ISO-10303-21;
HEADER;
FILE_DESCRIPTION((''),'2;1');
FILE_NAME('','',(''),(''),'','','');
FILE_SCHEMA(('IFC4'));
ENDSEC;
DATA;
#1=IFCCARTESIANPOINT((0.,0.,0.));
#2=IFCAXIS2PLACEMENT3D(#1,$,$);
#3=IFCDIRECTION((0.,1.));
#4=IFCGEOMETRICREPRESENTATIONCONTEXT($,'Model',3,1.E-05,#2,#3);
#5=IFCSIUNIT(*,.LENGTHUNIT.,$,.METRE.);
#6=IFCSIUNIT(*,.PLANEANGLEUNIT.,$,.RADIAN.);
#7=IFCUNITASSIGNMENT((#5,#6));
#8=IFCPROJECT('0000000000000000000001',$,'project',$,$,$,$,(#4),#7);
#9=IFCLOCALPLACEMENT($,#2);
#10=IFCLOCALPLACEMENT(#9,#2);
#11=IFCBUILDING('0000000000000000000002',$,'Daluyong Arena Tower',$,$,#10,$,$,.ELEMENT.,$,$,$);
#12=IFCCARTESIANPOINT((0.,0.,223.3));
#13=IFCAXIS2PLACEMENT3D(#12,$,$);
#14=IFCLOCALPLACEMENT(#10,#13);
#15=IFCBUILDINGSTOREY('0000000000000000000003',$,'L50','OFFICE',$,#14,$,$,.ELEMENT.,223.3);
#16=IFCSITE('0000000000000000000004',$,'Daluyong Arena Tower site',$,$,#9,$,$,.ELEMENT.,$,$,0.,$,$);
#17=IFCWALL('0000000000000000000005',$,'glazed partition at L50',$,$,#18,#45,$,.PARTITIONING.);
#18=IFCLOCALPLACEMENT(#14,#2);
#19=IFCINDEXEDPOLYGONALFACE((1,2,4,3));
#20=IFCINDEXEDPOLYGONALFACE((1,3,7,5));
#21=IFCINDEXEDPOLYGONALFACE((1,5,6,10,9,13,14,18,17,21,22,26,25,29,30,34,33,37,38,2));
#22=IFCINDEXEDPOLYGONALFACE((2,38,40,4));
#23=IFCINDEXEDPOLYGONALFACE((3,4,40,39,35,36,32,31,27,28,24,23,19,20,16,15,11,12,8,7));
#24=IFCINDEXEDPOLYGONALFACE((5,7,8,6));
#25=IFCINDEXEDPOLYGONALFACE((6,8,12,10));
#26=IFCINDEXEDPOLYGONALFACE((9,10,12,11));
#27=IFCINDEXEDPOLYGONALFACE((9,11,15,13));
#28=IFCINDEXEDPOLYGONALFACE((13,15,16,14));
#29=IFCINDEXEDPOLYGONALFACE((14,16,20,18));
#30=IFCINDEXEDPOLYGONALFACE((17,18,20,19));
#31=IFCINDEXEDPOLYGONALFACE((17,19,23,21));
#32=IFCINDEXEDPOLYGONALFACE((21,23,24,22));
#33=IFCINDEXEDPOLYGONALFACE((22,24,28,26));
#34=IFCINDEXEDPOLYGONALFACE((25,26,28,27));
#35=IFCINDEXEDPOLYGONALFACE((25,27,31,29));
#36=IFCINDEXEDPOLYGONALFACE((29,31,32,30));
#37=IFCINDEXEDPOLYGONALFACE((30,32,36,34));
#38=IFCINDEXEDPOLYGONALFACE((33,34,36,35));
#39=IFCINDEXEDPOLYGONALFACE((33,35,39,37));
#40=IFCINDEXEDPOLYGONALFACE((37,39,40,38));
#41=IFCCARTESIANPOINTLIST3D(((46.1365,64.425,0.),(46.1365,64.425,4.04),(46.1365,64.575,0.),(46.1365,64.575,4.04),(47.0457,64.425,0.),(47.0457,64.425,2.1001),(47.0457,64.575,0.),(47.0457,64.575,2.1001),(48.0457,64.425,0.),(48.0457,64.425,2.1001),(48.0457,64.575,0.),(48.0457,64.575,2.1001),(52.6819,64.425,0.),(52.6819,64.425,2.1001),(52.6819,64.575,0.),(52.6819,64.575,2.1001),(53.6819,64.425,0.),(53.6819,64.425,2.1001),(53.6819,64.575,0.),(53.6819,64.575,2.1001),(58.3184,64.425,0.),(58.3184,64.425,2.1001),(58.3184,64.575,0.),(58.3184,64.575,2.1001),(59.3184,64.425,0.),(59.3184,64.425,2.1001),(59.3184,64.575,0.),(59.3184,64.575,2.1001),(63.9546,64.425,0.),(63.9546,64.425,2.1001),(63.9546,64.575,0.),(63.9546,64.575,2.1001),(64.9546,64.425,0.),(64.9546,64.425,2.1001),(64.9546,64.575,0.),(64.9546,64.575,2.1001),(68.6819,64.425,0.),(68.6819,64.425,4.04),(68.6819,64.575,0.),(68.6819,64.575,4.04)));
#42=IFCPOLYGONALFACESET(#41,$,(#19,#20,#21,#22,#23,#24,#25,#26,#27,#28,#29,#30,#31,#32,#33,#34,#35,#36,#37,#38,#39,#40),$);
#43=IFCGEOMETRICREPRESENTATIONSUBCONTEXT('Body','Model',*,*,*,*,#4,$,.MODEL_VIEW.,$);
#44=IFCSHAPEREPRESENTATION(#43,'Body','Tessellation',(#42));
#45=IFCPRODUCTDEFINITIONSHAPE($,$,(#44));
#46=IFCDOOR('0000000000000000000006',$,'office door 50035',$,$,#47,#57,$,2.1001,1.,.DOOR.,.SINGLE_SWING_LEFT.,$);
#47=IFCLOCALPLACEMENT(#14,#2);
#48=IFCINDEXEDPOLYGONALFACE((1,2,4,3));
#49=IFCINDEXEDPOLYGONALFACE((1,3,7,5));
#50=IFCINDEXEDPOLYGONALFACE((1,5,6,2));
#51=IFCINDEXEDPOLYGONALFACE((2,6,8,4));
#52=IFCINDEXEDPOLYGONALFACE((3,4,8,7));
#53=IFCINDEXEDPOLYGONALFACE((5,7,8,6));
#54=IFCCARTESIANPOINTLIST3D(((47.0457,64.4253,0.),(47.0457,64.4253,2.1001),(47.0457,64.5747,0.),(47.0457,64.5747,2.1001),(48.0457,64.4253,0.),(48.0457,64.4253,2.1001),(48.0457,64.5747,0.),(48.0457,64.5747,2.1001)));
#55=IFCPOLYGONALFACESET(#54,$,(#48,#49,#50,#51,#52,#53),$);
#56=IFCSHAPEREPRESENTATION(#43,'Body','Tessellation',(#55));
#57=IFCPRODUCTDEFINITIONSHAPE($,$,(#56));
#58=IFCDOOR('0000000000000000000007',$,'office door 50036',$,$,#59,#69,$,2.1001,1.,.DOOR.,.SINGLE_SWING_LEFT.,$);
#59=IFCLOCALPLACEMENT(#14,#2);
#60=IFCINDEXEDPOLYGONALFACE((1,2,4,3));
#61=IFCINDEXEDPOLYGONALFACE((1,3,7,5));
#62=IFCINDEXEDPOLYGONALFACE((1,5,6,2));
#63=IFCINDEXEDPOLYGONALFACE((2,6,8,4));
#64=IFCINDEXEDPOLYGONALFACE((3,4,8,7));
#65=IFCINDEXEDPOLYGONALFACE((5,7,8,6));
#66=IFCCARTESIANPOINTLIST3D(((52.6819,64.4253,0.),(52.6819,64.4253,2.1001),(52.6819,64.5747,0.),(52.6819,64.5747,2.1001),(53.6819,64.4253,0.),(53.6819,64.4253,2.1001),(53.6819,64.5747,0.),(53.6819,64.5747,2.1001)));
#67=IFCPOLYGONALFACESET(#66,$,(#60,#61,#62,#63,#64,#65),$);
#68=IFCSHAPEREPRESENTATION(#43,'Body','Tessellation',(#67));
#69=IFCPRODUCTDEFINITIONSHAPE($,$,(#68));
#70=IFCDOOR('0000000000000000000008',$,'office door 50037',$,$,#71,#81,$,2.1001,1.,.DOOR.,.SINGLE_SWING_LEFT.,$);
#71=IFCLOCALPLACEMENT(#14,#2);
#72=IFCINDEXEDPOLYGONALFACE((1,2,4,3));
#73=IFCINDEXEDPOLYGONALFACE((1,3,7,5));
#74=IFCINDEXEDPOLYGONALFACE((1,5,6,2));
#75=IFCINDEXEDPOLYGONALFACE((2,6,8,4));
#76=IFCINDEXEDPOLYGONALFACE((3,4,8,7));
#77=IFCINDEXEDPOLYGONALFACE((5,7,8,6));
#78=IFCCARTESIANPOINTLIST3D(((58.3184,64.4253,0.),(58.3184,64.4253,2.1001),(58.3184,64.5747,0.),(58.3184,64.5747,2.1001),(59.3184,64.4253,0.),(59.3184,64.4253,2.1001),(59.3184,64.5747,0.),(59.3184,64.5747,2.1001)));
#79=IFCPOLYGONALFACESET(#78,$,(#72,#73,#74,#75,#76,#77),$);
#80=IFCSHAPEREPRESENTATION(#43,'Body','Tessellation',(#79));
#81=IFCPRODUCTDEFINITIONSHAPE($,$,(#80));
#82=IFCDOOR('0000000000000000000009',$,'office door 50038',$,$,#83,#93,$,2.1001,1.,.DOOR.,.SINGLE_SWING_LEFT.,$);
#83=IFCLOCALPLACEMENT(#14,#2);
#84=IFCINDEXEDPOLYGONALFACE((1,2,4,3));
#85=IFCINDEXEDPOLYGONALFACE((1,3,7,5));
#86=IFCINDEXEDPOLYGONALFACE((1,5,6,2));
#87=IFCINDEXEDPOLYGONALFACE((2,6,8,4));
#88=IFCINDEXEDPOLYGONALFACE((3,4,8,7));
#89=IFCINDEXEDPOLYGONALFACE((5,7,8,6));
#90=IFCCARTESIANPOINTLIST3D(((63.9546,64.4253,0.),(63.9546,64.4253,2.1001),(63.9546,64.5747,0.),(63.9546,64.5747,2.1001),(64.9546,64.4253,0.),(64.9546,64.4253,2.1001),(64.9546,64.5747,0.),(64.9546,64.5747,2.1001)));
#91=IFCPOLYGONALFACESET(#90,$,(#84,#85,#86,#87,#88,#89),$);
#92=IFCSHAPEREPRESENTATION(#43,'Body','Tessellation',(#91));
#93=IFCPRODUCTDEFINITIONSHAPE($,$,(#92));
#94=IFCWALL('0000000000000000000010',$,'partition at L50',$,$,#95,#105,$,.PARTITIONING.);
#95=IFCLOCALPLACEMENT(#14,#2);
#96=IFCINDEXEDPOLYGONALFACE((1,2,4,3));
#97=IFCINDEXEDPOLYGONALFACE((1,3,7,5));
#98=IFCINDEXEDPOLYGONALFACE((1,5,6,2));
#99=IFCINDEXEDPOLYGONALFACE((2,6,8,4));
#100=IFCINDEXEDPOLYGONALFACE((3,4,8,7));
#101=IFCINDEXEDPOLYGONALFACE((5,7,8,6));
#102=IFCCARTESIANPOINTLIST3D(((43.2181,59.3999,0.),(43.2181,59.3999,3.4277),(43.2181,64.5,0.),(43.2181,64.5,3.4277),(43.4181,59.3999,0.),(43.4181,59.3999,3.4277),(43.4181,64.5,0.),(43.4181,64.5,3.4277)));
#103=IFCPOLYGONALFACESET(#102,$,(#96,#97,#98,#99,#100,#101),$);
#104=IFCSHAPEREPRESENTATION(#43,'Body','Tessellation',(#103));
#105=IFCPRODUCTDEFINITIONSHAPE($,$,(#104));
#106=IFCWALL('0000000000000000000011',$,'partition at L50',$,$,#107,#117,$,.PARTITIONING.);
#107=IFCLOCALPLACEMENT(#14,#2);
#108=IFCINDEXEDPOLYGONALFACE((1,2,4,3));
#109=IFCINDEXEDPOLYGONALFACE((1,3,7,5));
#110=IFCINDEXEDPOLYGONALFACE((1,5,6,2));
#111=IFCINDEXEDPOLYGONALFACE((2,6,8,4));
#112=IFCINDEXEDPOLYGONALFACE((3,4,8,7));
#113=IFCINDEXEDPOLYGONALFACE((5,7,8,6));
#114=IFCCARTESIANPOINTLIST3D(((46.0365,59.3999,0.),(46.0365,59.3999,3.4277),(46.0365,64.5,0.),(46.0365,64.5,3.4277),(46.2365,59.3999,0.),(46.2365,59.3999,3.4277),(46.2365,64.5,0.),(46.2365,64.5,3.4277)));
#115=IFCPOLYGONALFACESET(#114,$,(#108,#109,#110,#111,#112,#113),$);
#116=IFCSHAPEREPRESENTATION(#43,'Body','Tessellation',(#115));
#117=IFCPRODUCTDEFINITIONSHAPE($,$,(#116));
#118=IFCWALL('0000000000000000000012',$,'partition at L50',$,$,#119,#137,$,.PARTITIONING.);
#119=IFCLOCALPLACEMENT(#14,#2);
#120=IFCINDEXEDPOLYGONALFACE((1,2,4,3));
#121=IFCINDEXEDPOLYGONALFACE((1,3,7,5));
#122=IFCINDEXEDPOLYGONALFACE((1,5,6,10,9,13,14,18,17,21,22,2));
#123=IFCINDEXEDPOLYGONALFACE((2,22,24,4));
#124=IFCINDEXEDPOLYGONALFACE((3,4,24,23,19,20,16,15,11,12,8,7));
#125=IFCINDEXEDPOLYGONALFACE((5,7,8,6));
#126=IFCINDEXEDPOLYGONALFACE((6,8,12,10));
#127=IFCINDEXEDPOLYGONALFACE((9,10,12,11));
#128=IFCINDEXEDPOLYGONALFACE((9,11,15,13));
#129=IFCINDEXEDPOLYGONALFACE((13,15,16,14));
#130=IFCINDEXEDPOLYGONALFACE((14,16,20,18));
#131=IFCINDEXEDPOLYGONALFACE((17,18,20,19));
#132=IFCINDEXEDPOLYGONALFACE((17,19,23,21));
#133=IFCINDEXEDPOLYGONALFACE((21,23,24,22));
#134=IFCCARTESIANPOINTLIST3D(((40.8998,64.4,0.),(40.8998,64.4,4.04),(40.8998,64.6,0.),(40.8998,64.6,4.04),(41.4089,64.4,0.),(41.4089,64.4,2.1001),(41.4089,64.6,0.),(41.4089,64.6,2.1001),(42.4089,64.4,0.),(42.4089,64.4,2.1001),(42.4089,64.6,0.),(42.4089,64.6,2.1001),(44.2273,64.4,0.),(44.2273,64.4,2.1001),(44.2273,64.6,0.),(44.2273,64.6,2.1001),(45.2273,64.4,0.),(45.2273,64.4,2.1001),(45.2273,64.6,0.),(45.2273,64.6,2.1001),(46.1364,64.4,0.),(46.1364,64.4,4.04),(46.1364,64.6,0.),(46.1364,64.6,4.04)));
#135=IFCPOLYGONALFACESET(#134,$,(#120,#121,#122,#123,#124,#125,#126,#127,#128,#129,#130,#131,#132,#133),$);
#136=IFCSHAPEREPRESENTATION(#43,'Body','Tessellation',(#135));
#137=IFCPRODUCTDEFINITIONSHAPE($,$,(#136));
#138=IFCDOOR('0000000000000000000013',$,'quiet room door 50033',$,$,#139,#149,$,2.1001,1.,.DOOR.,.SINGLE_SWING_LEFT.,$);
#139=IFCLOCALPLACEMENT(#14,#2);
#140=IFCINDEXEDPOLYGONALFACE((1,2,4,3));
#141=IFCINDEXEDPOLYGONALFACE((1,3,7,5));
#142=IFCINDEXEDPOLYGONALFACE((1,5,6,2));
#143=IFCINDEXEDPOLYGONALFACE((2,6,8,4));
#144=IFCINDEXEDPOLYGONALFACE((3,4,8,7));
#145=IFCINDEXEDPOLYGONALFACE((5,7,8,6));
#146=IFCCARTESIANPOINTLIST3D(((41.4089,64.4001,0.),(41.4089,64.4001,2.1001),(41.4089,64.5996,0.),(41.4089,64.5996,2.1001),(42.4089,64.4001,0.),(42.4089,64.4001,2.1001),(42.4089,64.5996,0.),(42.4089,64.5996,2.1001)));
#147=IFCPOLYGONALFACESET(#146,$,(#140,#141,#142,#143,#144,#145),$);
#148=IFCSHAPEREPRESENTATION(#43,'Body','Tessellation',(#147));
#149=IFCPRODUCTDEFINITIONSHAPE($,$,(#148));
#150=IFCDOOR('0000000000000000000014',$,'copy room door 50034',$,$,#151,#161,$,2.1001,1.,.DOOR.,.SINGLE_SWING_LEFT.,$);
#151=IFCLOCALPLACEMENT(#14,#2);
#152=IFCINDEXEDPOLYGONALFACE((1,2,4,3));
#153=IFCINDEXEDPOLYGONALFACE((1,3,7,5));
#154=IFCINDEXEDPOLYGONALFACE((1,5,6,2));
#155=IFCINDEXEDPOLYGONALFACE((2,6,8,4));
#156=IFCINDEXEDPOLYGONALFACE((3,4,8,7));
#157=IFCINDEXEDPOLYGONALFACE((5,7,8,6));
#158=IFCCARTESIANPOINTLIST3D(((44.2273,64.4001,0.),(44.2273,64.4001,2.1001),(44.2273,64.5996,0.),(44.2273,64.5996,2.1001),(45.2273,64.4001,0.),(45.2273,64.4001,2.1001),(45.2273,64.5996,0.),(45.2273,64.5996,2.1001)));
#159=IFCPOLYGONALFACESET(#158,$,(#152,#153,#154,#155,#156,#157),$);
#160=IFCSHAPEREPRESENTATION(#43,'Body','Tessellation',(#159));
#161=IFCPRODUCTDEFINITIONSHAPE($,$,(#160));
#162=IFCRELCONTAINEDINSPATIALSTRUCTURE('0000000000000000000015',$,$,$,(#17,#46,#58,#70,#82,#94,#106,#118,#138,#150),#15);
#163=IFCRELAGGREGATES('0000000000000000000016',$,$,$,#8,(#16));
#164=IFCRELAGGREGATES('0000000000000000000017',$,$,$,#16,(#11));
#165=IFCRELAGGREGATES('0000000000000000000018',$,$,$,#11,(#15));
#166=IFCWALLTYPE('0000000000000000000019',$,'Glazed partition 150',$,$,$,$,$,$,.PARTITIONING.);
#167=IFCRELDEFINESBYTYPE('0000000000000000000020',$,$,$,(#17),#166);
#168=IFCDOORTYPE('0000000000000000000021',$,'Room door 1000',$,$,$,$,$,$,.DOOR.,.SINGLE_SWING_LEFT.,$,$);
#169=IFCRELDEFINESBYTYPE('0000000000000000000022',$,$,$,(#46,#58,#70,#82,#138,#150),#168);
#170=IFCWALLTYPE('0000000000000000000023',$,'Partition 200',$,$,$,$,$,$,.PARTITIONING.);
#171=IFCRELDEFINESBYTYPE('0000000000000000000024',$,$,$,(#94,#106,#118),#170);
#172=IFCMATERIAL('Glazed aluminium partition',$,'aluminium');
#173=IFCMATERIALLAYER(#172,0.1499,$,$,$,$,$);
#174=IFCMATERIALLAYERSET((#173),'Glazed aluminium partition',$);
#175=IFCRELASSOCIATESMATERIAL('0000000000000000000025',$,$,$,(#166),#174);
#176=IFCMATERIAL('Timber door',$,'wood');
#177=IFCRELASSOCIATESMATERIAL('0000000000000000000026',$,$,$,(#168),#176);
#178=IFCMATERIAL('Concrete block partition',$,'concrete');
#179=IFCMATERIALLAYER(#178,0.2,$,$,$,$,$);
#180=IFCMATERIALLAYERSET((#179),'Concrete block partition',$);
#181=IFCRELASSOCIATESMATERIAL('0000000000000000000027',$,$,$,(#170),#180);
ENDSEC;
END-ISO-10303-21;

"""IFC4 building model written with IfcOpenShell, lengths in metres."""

from ifc_helpers import new_model, si_unit, direction, frame, frame_2d, origin, place, context, subcontext, project, spatial, rectangle, extrude, material, layer, layer_set, type_object, element, fill, save


model = new_model("IFC4")

# Units and contexts
model_context = context("Model", 3, precision=1e-05, world=origin(), true_north=direction((0.0, 1.0)))
body_context = subcontext(model_context, "Body", "Model", "MODEL_VIEW")
ifc_project = project(units=[si_unit("LENGTHUNIT", "METRE"), si_unit("PLANEANGLEUNIT", "RADIAN")], contexts=[model_context])

# Site, building, storey
site_placement = place(None, origin())
site = spatial("IfcSite", under=ifc_project, at=site_placement, Name="Daluyong Arena Tower site", CompositionType="ELEMENT", RefElevation=0.0)
building_placement = place(site_placement, origin())
building = spatial("IfcBuilding", under=site, at=building_placement, Name="Daluyong Arena Tower", CompositionType="ELEMENT")
storey_placement = place(building_placement, frame((0.0, 0.0, 223.3)))
storey = spatial("IfcBuildingStorey", under=building, at=storey_placement, Name="L50", Description="OFFICE", CompositionType="ELEMENT", Elevation=223.3)

# Wall, openings, doors
ifc_material_1 = material(Name="Glazed aluminium partition", Category="aluminium")
ifc_layer_1 = layer(ifc_material_1, 0.1499)
ifc_layer_set_1 = layer_set([ifc_layer_1], Name="Glazed aluminium partition")
wall_type_1 = type_object("IfcWallType", Name="Glazed partition 150", PredefinedType="PARTITIONING", material=ifc_layer_set_1)
wall_1_placement = place(storey_placement, frame((46.1365, 64.5, 0.0), z_axis=(0.0, 0.0, 1.0), x_axis=(1.0, 0.0, 0.0)))
wall_1 = element("IfcWall", 1, at=wall_1_placement, inside=storey, type_object=wall_type_1, Name="glazed partition at L50", PredefinedType="PARTITIONING", context=body_context, shape_type="SweptSolid", body=[
    extrude(rectangle(XDim=22.5454, YDim=0.1499, at=frame_2d((11.2727, 0.0))), origin(), (0.0, 0.0, 1.0), 4.04),
])
opening_1_placement = place(wall_1_placement, frame((0.9092, 0.0, 0.0)))
opening_1 = element("IfcOpeningElement", 2, at=opening_1_placement, cuts=wall_1, PredefinedType="OPENING", context=body_context, shape_type="SweptSolid", body=[
    extrude(rectangle(XDim=1.0, YDim=2.1001, at=frame_2d((0.5, 1.05))), frame((0.0, 0.085, 0.0), z_axis=(0.0, -1.0, 0.0), x_axis=(1.0, 0.0, 0.0)), (0.0, 0.0, 1.0), 0.1699),
])
opening_2_placement = place(wall_1_placement, frame((6.5454, 0.0, 0.0)))
opening_2 = element("IfcOpeningElement", 3, at=opening_2_placement, cuts=wall_1, PredefinedType="OPENING", context=body_context, shape_type="SweptSolid", body=[
    extrude(rectangle(XDim=1.0, YDim=2.1001, at=frame_2d((0.5, 1.05))), frame((0.0, 0.085, 0.0), z_axis=(0.0, -1.0, 0.0), x_axis=(1.0, 0.0, 0.0)), (0.0, 0.0, 1.0), 0.1699),
])
opening_3_placement = place(wall_1_placement, frame((12.1819, 0.0, 0.0)))
opening_3 = element("IfcOpeningElement", 4, at=opening_3_placement, cuts=wall_1, PredefinedType="OPENING", context=body_context, shape_type="SweptSolid", body=[
    extrude(rectangle(XDim=1.0, YDim=2.1001, at=frame_2d((0.5, 1.05))), frame((0.0, 0.085, 0.0), z_axis=(0.0, -1.0, 0.0), x_axis=(1.0, 0.0, 0.0)), (0.0, 0.0, 1.0), 0.1699),
])
opening_4_placement = place(wall_1_placement, frame((17.8181, 0.0, 0.0)))
opening_4 = element("IfcOpeningElement", 5, at=opening_4_placement, cuts=wall_1, PredefinedType="OPENING", context=body_context, shape_type="SweptSolid", body=[
    extrude(rectangle(XDim=1.0, YDim=2.1001, at=frame_2d((0.5, 1.05))), frame((0.0, 0.085, 0.0), z_axis=(0.0, -1.0, 0.0), x_axis=(1.0, 0.0, 0.0)), (0.0, 0.0, 1.0), 0.1699),
])
ifc_material_2 = material(Name="Timber door", Category="wood")
door_type = type_object("IfcDoorType", Name="Room door 1000", OperationType="SINGLE_SWING_LEFT", PredefinedType="DOOR", material=ifc_material_2)
door_1_placement = place(opening_1_placement, origin())
door_1 = element("IfcDoor", 6, at=door_1_placement, inside=storey, type_object=door_type, Name="office door 50035", OperationType="SINGLE_SWING_LEFT", OverallHeight=2.1001, OverallWidth=1.0, PredefinedType="DOOR", context=body_context, shape_type="SweptSolid", body=[
    extrude(rectangle(XDim=1.0, YDim=2.1001, at=frame_2d((0.5, 1.05))), frame((0.0, 0.0747, 0.0), z_axis=(0.0, -1.0, 0.0), x_axis=(1.0, 0.0, 0.0)), (0.0, 0.0, 1.0), 0.1494),
])
fill(opening_1, door_1)
door_2_placement = place(opening_2_placement, origin())
door_2 = element("IfcDoor", 7, at=door_2_placement, inside=storey, type_object=door_type, Name="office door 50036", OperationType="SINGLE_SWING_LEFT", OverallHeight=2.1001, OverallWidth=1.0, PredefinedType="DOOR", context=body_context, shape_type="SweptSolid", body=[
    extrude(rectangle(XDim=1.0, YDim=2.1001, at=frame_2d((0.5, 1.05))), frame((0.0, 0.0747, 0.0), z_axis=(0.0, -1.0, 0.0), x_axis=(1.0, 0.0, 0.0)), (0.0, 0.0, 1.0), 0.1494),
])
fill(opening_2, door_2)
door_3_placement = place(opening_3_placement, origin())
door_3 = element("IfcDoor", 8, at=door_3_placement, inside=storey, type_object=door_type, Name="office door 50037", OperationType="SINGLE_SWING_LEFT", OverallHeight=2.1001, OverallWidth=1.0, PredefinedType="DOOR", context=body_context, shape_type="SweptSolid", body=[
    extrude(rectangle(XDim=1.0, YDim=2.1001, at=frame_2d((0.5, 1.05))), frame((0.0, 0.0747, 0.0), z_axis=(0.0, -1.0, 0.0), x_axis=(1.0, 0.0, 0.0)), (0.0, 0.0, 1.0), 0.1494),
])
fill(opening_3, door_3)
door_4_placement = place(opening_4_placement, origin())
door_4 = element("IfcDoor", 9, at=door_4_placement, inside=storey, type_object=door_type, Name="office door 50038", OperationType="SINGLE_SWING_LEFT", OverallHeight=2.1001, OverallWidth=1.0, PredefinedType="DOOR", context=body_context, shape_type="SweptSolid", body=[
    extrude(rectangle(XDim=1.0, YDim=2.1001, at=frame_2d((0.5, 1.05))), frame((0.0, 0.0747, 0.0), z_axis=(0.0, -1.0, 0.0), x_axis=(1.0, 0.0, 0.0)), (0.0, 0.0, 1.0), 0.1494),
])
fill(opening_4, door_4)

# Walls
ifc_material_3 = material(Name="Concrete block partition", Category="concrete")
ifc_layer_2 = layer(ifc_material_3, 0.2)
ifc_layer_set_2 = layer_set([ifc_layer_2], Name="Concrete block partition")
wall_type_2 = type_object("IfcWallType", Name="Partition 200", PredefinedType="PARTITIONING", material=ifc_layer_set_2)
for number, where, z_axis, x_axis, name in (
    (10, (43.3181, 59.3999, 0.0), (0.0, 0.0, 1.0), (0.0, 1.0, 0.0), "partition at L50"),
    (11, (46.1365, 59.3999, 0.0), (0.0, 0.0, 1.0), (0.0, 1.0, 0.0), "partition at L50"),
):
    element("IfcWall", number, at=place(storey_placement, frame(where, z_axis=z_axis, x_axis=x_axis)), inside=storey, type_object=wall_type_2, Name=name, PredefinedType="PARTITIONING", context=body_context, shape_type="SweptSolid", body=[
        extrude(rectangle(XDim=5.1001, YDim=0.2, at=frame_2d((2.55, 0.0))), origin(), (0.0, 0.0, 1.0), 3.4277),
    ])

# Wall, openings, doors
wall_2_placement = place(storey_placement, frame((40.8999, 64.5, 0.0), z_axis=(0.0, 0.0, 1.0), x_axis=(1.0, 0.0, 0.0)))
wall_2 = element("IfcWall", 12, at=wall_2_placement, inside=storey, type_object=wall_type_2, Name="partition at L50", PredefinedType="PARTITIONING", context=body_context, shape_type="SweptSolid", body=[
    extrude(rectangle(XDim=5.2366, YDim=0.2, at=frame_2d((2.6182, 0.0))), origin(), (0.0, 0.0, 1.0), 4.04),
])
opening_5_placement = place(wall_2_placement, frame((0.509, 0.0, 0.0)))
opening_5 = element("IfcOpeningElement", 13, at=opening_5_placement, cuts=wall_2, PredefinedType="OPENING", context=body_context, shape_type="SweptSolid", body=[
    extrude(rectangle(XDim=1.0, YDim=2.1001, at=frame_2d((0.5, 1.05))), frame((0.0, 0.1099, 0.0), z_axis=(0.0, -1.0, 0.0), x_axis=(1.0, 0.0, 0.0)), (0.0, 0.0, 1.0), 0.22),
])
opening_6_placement = place(wall_2_placement, frame((3.3274, 0.0, 0.0)))
opening_6 = element("IfcOpeningElement", 14, at=opening_6_placement, cuts=wall_2, PredefinedType="OPENING", context=body_context, shape_type="SweptSolid", body=[
    extrude(rectangle(XDim=1.0, YDim=2.1001, at=frame_2d((0.5, 1.05))), frame((0.0, 0.1099, 0.0), z_axis=(0.0, -1.0, 0.0), x_axis=(1.0, 0.0, 0.0)), (0.0, 0.0, 1.0), 0.22),
])
door_5_placement = place(opening_5_placement, origin())
door_5 = element("IfcDoor", 15, at=door_5_placement, inside=storey, type_object=door_type, Name="quiet room door 50033", OperationType="SINGLE_SWING_LEFT", OverallHeight=2.1001, OverallWidth=1.0, PredefinedType="DOOR", context=body_context, shape_type="SweptSolid", body=[
    extrude(rectangle(XDim=1.0, YDim=2.1001, at=frame_2d((0.5, 1.05))), frame((0.0, 0.0996, 0.0), z_axis=(0.0, -1.0, 0.0), x_axis=(1.0, 0.0, 0.0)), (0.0, 0.0, 1.0), 0.1995),
])
fill(opening_5, door_5)
door_6_placement = place(opening_6_placement, origin())
door_6 = element("IfcDoor", 16, at=door_6_placement, inside=storey, type_object=door_type, Name="copy room door 50034", OperationType="SINGLE_SWING_LEFT", OverallHeight=2.1001, OverallWidth=1.0, PredefinedType="DOOR", context=body_context, shape_type="SweptSolid", body=[
    extrude(rectangle(XDim=1.0, YDim=2.1001, at=frame_2d((0.5, 1.05))), frame((0.0, 0.0996, 0.0), z_axis=(0.0, -1.0, 0.0), x_axis=(1.0, 0.0, 0.0)), (0.0, 0.0, 1.0), 0.1995),
])
fill(opening_6, door_6)

save(model, "model.ifc")
